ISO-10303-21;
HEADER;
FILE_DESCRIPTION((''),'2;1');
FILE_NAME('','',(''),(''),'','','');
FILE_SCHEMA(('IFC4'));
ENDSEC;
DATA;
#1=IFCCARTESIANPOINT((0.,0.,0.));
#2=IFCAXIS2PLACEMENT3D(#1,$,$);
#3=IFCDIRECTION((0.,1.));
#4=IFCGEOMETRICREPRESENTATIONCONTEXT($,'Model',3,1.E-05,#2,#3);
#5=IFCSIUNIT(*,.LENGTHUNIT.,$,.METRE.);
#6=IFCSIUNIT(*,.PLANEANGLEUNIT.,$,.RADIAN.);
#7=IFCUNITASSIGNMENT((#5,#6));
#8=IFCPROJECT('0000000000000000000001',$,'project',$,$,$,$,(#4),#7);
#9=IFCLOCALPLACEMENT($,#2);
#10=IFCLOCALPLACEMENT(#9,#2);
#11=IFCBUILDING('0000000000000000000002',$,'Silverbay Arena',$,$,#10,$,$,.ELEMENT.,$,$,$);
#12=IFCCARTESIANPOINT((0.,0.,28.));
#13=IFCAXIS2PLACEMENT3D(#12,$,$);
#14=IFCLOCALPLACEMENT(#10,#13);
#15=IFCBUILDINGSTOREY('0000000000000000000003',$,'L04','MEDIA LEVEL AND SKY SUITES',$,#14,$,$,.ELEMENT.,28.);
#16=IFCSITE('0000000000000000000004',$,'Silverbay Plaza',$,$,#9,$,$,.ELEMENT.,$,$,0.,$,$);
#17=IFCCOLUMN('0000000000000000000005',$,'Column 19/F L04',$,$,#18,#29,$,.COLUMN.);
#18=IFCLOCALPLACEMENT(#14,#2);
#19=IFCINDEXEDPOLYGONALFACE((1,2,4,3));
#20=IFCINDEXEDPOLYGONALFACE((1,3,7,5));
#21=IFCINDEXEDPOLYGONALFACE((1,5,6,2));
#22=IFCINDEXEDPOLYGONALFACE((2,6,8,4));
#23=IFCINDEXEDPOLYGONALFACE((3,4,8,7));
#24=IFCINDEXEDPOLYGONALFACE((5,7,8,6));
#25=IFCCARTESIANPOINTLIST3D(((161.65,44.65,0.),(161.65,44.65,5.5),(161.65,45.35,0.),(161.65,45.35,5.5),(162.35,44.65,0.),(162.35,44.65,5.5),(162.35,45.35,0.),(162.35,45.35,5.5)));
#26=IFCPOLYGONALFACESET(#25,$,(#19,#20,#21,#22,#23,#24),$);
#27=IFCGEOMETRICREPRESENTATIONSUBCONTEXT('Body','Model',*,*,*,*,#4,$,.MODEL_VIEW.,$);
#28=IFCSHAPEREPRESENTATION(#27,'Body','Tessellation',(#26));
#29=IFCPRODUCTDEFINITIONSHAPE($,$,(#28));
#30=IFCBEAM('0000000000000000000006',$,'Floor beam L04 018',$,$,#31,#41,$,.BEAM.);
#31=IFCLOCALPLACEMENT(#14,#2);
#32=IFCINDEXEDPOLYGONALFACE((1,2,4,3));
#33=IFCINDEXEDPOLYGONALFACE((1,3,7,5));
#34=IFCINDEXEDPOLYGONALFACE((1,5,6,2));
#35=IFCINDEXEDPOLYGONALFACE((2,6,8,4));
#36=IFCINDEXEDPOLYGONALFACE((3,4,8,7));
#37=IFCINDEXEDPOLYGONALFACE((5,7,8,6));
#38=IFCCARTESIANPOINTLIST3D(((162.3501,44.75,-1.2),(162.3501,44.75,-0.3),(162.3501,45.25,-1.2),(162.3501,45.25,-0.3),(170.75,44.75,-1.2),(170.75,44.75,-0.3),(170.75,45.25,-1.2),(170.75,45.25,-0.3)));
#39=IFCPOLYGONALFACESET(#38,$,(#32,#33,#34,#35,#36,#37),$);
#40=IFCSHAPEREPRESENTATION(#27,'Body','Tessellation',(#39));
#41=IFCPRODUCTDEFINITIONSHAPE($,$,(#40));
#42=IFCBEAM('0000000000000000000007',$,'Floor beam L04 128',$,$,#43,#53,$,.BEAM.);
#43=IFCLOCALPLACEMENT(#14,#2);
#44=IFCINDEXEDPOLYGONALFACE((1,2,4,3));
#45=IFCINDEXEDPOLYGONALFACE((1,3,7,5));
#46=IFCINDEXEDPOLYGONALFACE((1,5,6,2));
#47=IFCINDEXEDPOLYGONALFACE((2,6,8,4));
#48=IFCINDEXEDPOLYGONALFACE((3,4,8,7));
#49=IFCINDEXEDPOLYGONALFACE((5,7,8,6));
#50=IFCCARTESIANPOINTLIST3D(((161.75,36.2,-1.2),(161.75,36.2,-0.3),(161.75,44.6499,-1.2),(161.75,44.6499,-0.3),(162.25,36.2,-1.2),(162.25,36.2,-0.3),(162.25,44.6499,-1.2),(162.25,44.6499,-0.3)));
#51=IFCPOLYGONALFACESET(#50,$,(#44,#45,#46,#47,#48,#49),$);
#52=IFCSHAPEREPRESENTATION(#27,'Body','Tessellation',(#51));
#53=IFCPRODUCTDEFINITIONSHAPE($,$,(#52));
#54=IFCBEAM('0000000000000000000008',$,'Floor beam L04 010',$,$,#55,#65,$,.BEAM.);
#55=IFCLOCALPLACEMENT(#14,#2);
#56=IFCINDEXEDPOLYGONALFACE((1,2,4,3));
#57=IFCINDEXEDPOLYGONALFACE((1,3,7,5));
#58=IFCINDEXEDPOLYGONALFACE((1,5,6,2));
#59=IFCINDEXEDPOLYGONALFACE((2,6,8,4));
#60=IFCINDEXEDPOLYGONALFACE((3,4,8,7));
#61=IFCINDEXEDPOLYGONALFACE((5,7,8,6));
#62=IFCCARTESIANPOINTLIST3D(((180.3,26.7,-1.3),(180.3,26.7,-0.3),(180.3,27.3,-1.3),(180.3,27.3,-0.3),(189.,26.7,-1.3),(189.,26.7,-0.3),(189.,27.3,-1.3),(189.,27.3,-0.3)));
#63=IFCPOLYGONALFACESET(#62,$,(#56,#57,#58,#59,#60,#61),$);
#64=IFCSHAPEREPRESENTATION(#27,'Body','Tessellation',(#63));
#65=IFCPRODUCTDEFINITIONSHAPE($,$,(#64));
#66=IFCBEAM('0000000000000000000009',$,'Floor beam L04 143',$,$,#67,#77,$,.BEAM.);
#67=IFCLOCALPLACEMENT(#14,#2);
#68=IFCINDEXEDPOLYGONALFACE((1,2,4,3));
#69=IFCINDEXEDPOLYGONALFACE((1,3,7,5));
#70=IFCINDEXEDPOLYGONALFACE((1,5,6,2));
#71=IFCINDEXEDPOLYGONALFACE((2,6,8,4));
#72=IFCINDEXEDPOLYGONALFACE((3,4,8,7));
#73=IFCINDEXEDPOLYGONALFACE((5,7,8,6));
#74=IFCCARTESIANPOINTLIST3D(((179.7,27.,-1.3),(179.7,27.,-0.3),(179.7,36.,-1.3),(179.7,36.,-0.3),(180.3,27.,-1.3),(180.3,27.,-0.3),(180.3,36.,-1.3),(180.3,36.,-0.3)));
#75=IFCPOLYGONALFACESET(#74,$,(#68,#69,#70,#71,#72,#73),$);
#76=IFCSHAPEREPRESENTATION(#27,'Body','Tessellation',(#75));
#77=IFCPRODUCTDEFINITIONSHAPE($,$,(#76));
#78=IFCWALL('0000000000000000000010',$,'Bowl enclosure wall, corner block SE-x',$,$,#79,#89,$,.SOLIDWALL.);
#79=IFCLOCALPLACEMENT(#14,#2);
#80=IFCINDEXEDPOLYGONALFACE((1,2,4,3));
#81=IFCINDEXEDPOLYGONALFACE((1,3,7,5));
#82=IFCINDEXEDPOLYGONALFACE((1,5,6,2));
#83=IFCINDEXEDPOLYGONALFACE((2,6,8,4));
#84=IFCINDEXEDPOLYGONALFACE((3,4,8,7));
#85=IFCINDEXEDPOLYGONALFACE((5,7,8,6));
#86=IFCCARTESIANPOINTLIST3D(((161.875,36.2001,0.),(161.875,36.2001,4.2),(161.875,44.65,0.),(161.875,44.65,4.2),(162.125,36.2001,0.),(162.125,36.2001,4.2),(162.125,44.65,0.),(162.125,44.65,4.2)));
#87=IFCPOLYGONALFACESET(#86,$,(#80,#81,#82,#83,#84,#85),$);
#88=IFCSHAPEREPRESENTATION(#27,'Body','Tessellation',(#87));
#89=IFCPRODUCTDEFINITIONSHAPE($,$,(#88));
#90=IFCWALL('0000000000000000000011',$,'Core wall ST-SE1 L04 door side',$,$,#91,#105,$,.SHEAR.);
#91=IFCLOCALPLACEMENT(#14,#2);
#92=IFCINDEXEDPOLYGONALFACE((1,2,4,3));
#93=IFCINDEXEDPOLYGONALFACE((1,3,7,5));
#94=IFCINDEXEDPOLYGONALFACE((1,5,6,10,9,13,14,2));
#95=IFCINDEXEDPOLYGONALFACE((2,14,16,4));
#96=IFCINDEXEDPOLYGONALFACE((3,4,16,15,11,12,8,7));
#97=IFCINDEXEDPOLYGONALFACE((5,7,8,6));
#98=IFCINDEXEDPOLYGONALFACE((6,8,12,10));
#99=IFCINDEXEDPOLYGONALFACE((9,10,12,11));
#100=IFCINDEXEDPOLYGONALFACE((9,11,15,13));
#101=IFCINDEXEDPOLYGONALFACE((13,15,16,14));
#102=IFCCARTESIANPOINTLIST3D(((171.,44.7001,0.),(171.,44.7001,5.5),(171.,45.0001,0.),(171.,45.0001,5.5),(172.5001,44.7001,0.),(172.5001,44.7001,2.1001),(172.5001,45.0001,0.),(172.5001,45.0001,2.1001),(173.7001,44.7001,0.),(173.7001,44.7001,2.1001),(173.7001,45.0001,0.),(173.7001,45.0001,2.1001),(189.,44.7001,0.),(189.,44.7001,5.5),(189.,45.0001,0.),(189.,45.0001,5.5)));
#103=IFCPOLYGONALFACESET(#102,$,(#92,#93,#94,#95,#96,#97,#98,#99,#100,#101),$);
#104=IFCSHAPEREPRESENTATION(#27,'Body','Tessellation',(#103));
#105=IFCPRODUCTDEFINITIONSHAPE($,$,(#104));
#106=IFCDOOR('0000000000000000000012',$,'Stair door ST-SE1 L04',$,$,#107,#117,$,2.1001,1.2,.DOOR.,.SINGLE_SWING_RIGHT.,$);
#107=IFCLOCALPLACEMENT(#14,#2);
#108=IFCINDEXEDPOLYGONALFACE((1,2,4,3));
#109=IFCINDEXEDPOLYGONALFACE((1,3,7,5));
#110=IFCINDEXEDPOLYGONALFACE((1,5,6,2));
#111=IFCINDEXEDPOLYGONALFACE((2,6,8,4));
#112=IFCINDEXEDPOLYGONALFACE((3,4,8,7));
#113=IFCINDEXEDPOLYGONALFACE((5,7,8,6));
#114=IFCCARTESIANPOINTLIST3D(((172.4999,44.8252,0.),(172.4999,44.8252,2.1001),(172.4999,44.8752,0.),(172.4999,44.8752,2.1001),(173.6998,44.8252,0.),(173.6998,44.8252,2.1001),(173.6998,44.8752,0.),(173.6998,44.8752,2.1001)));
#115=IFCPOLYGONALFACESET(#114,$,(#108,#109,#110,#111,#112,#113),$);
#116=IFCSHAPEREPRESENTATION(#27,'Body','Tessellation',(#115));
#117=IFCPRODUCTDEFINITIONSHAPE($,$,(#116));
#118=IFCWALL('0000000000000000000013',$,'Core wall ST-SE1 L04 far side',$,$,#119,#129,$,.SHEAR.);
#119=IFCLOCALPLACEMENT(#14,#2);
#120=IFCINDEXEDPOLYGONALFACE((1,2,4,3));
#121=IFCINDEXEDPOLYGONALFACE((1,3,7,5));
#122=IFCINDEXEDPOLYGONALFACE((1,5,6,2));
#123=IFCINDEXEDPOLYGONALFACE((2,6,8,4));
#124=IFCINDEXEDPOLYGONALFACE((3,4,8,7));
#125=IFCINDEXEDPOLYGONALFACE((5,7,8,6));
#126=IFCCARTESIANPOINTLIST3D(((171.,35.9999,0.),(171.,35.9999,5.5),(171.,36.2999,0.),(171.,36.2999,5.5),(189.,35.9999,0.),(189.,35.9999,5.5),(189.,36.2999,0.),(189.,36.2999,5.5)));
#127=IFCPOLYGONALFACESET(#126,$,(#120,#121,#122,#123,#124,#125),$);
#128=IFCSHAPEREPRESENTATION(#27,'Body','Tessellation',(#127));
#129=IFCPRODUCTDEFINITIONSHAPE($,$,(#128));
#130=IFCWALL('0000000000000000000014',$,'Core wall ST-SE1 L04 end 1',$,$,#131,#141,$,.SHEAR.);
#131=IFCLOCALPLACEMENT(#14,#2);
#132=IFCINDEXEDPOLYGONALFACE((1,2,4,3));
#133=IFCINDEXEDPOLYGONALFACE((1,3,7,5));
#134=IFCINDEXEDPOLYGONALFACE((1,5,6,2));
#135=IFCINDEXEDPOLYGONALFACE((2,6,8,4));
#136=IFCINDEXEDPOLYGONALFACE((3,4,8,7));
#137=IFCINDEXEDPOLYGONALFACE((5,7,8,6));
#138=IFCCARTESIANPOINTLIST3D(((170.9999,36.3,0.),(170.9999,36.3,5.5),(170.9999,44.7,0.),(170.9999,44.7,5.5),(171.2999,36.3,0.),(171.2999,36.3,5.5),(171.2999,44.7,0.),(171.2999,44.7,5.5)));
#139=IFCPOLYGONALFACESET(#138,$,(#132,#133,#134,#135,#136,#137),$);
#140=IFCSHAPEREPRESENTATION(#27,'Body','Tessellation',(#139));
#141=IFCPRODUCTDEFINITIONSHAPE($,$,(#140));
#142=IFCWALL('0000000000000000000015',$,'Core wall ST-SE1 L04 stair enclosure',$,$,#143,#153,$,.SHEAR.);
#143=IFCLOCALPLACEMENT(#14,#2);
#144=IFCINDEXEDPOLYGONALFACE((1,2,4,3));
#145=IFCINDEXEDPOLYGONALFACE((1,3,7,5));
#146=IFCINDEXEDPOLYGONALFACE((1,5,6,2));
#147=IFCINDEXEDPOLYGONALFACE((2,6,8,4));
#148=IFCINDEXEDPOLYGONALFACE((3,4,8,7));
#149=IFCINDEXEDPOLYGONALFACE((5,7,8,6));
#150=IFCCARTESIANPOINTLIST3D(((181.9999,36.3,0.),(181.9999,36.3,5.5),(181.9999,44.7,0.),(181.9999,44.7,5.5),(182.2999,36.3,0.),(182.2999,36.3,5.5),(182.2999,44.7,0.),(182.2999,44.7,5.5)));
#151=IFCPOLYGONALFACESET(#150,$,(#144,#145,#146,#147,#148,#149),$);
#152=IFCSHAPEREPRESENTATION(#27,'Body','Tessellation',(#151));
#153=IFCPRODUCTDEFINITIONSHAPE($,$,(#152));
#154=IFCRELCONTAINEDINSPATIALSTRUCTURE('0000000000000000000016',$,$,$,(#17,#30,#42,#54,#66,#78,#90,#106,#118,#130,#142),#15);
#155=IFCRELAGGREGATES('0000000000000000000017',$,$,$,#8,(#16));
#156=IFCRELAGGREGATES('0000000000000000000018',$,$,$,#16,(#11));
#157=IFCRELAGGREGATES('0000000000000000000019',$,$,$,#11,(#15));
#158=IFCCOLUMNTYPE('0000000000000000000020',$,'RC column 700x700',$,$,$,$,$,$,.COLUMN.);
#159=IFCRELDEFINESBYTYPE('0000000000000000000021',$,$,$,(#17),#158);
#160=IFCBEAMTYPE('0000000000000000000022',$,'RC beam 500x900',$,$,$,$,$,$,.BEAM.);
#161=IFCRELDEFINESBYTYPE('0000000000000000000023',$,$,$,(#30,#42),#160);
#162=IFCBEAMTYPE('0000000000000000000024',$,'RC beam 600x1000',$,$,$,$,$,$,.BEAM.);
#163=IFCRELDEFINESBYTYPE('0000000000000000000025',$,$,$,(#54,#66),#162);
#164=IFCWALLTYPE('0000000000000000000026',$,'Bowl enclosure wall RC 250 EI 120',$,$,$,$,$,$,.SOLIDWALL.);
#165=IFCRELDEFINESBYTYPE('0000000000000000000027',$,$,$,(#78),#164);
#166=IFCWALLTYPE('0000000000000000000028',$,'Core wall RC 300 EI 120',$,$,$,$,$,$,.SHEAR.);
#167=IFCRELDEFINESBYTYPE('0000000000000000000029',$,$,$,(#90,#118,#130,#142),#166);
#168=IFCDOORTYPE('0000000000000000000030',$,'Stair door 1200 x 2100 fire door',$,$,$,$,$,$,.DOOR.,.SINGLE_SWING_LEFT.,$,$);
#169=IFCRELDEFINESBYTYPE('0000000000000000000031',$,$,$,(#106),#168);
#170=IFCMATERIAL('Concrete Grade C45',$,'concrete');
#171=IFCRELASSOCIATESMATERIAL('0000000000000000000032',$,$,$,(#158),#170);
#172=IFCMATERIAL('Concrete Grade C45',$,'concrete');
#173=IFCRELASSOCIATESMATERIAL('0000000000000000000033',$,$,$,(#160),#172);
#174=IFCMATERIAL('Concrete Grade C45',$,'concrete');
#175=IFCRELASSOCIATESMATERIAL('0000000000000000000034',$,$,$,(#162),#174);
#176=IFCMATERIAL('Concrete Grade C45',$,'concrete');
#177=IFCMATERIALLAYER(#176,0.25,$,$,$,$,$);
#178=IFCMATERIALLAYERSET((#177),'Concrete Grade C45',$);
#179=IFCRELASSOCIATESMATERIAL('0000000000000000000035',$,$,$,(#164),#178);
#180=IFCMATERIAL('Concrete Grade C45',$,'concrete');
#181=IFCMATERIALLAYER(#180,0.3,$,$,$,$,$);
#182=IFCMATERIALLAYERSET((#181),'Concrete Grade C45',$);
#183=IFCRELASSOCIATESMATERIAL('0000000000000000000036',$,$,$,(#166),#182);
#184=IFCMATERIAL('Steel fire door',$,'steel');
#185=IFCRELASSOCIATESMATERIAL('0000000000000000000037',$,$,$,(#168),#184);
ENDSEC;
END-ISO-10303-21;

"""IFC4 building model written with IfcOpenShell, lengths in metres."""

from ifc_helpers import new_model, si_unit, direction, frame, frame_2d, origin, origin_2d, place, context, subcontext, project, spatial, rectangle, extrude, material, layer, layer_set, material_profile, profile_set, type_object, element, fill, save


model = new_model("IFC4")

# Units and contexts
model_context = context("Model", 3, precision=1e-05, world=origin(), true_north=direction((0.0, 1.0)))
body_context = subcontext(model_context, "Body", "Model", "MODEL_VIEW")
ifc_project = project(units=[si_unit("LENGTHUNIT", "METRE"), si_unit("PLANEANGLEUNIT", "RADIAN")], contexts=[model_context])

# Site, building, storey
site_placement = place(None, origin())
site = spatial("IfcSite", under=ifc_project, at=site_placement, Name="Silverbay Plaza", CompositionType="ELEMENT", RefElevation=0.0)
building_placement = place(site_placement, origin())
building = spatial("IfcBuilding", under=site, at=building_placement, Name="Silverbay Arena", CompositionType="ELEMENT")
storey_placement = place(building_placement, frame((0.0, 0.0, 28.0)))
storey = spatial("IfcBuildingStorey", under=building, at=storey_placement, Name="L04", Description="MEDIA LEVEL AND SKY SUITES", CompositionType="ELEMENT", Elevation=28.0)

# Column
ifc_material_1 = material(Name="Concrete Grade C45", Category="concrete")
ifc_material_profile_1 = material_profile(ifc_material_1, rectangle(XDim=0.7, YDim=0.7, at=origin_2d()), Name="RC 700x700")
ifc_profile_set_1 = profile_set([ifc_material_profile_1], Name="Concrete Grade C45")
column_type = type_object("IfcColumnType", Name="RC column 700x700", PredefinedType="COLUMN", material=ifc_profile_set_1)
column_placement = place(storey_placement, frame((162.0, 45.0, 0.0), z_axis=(0.0, 0.0, 1.0), x_axis=(1.0, 0.0, 0.0)))
element("IfcColumn", 1, at=column_placement, inside=storey, type_object=column_type, Name="Column 19/F L04", PredefinedType="COLUMN", context=body_context, shape_type="SweptSolid", body=[
    extrude(rectangle(XDim=0.7, YDim=0.7, at=origin_2d()), origin(), (0.0, 0.0, 1.0), 5.5),
])

# Beams
ifc_material_2 = material(Name="Concrete Grade C45", Category="concrete")
ifc_material_profile_2 = material_profile(ifc_material_2, rectangle(XDim=0.5, YDim=0.8999, at=origin_2d()), Name="RC 500x900")
ifc_profile_set_2 = profile_set([ifc_material_profile_2], Name="Concrete Grade C45")
beam_type_1 = type_object("IfcBeamType", Name="RC beam 500x900", PredefinedType="BEAM", material=ifc_profile_set_2)
beam_1_placement = place(storey_placement, frame((162.3501, 45.0, -0.75), z_axis=(1.0, 0.0, 0.0), x_axis=(0.0, 1.0, 0.0)))
element("IfcBeam", 2, at=beam_1_placement, inside=storey, type_object=beam_type_1, Name="Floor beam L04 018", PredefinedType="BEAM", context=body_context, shape_type="SweptSolid", body=[
    extrude(rectangle(XDim=0.5, YDim=0.8999, at=origin_2d()), origin(), (0.0, 0.0, 1.0), 8.3999),
])
beam_2_placement = place(storey_placement, frame((162.0, 36.2, -0.75), z_axis=(0.0, 1.0, 0.0), x_axis=(-1.0, 0.0, 0.0)))
element("IfcBeam", 3, at=beam_2_placement, inside=storey, type_object=beam_type_1, Name="Floor beam L04 128", PredefinedType="BEAM", context=body_context, shape_type="SweptSolid", body=[
    extrude(rectangle(XDim=0.5, YDim=0.8999, at=origin_2d()), origin(), (0.0, 0.0, 1.0), 8.45),
])
ifc_material_3 = material(Name="Concrete Grade C45", Category="concrete")
ifc_material_profile_3 = material_profile(ifc_material_3, rectangle(XDim=0.6001, YDim=1.0, at=origin_2d()), Name="RC 600x1000")
ifc_profile_set_3 = profile_set([ifc_material_profile_3], Name="Concrete Grade C45")
beam_type_2 = type_object("IfcBeamType", Name="RC beam 600x1000", PredefinedType="BEAM", material=ifc_profile_set_3)
beam_3_placement = place(storey_placement, frame((180.3, 27.0, -0.8), z_axis=(1.0, 0.0, 0.0), x_axis=(0.0, 1.0, 0.0)))
element("IfcBeam", 4, at=beam_3_placement, inside=storey, type_object=beam_type_2, Name="Floor beam L04 010", PredefinedType="BEAM", context=body_context, shape_type="SweptSolid", body=[
    extrude(rectangle(XDim=0.6001, YDim=1.0, at=origin_2d()), origin(), (0.0, 0.0, 1.0), 8.7),
])
beam_4_placement = place(storey_placement, frame((180.0, 27.0, -0.8), z_axis=(0.0, 1.0, 0.0), x_axis=(-1.0, 0.0, 0.0)))
element("IfcBeam", 5, at=beam_4_placement, inside=storey, type_object=beam_type_2, Name="Floor beam L04 143", PredefinedType="BEAM", context=body_context, shape_type="SweptSolid", body=[
    extrude(rectangle(XDim=0.6001, YDim=1.0, at=origin_2d()), origin(), (0.0, 0.0, 1.0), 9.0),
])

# Wall
ifc_material_4 = material(Name="Concrete Grade C45", Category="concrete")
ifc_layer_1 = layer(ifc_material_4, 0.25)
ifc_layer_set_1 = layer_set([ifc_layer_1], Name="Concrete Grade C45")
wall_type_1 = type_object("IfcWallType", Name="Bowl enclosure wall RC 250 EI 120", PredefinedType="SOLIDWALL", material=ifc_layer_set_1)
wall_1_placement = place(storey_placement, frame((162.0, 36.2, 0.0), z_axis=(0.0, 0.0, 1.0), x_axis=(0.0, 1.0, 0.0)))
element("IfcWall", 6, at=wall_1_placement, inside=storey, type_object=wall_type_1, Name="Bowl enclosure wall, corner block SE-x", PredefinedType="SOLIDWALL", context=body_context, shape_type="SweptSolid", body=[
    extrude(rectangle(XDim=8.45, YDim=0.25, at=frame_2d((4.2251, 0.0))), origin(), (0.0, 0.0, 1.0), 4.2),
])

# Wall, opening, door
ifc_material_5 = material(Name="Concrete Grade C45", Category="concrete")
ifc_layer_2 = layer(ifc_material_5, 0.3)
ifc_layer_set_2 = layer_set([ifc_layer_2], Name="Concrete Grade C45")
wall_type_2 = type_object("IfcWallType", Name="Core wall RC 300 EI 120", PredefinedType="SHEAR", material=ifc_layer_set_2)
wall_2_placement = place(storey_placement, frame((171.0, 44.8501, 0.0), z_axis=(0.0, 0.0, 1.0), x_axis=(1.0, 0.0, 0.0)))
wall_2 = element("IfcWall", 7, at=wall_2_placement, inside=storey, type_object=wall_type_2, Name="Core wall ST-SE1 L04 door side", PredefinedType="SHEAR", context=body_context, shape_type="SweptSolid", body=[
    extrude(rectangle(XDim=18.0, YDim=0.3, at=frame_2d((9.0, 0.0))), origin(), (0.0, 0.0, 1.0), 5.5),
])
opening_1_placement = place(wall_2_placement, frame((1.5, 0.0, 0.0)))
opening_1 = element("IfcOpeningElement", 8, at=opening_1_placement, cuts=wall_2, PredefinedType="OPENING", context=body_context, shape_type="SweptSolid", body=[
    extrude(rectangle(XDim=1.2, YDim=2.1001, at=frame_2d((0.6001, 1.05))), frame((0.0, 0.1602, 0.0), z_axis=(0.0, -1.0, 0.0), x_axis=(1.0, 0.0, 0.0)), (0.0, 0.0, 1.0), 0.3201),
])
ifc_material_6 = material(Name="Steel fire door", Category="steel")
door_type_1 = type_object("IfcDoorType", Name="Stair door 1200 x 2100 fire door", OperationType="SINGLE_SWING_LEFT", PredefinedType="DOOR", material=ifc_material_6)
door_1_placement = place(opening_1_placement, frame((1.2, 0.0, 0.0), z_axis=(0.0, 0.0, 1.0), x_axis=(-1.0, 0.0, 0.0)))
door_1 = element("IfcDoor", 9, at=door_1_placement, inside=storey, type_object=door_type_1, Name="Stair door ST-SE1 L04", OperationType="SINGLE_SWING_RIGHT", OverallHeight=2.1001, OverallWidth=1.2, PredefinedType="DOOR", context=body_context, shape_type="SweptSolid", body=[
    extrude(rectangle(XDim=1.2, YDim=2.1001, at=frame_2d((0.6001, 1.05))), frame((0.0, 0.0249, 0.0), z_axis=(0.0, -1.0, 0.0), x_axis=(1.0, 0.0, 0.0)), (0.0, 0.0, 1.0), 0.05),
])
fill(opening_1, door_1)

# Walls
wall_3_placement = place(storey_placement, frame((171.0, 36.1499, 0.0), z_axis=(0.0, 0.0, 1.0), x_axis=(1.0, 0.0, 0.0)))
element("IfcWall", 10, at=wall_3_placement, inside=storey, type_object=wall_type_2, Name="Core wall ST-SE1 L04 far side", PredefinedType="SHEAR", context=body_context, shape_type="SweptSolid", body=[
    extrude(rectangle(XDim=18.0, YDim=0.3, at=frame_2d((9.0, 0.0))), origin(), (0.0, 0.0, 1.0), 5.5),
])
for number, where, z_axis, x_axis, name in (
    (11, (171.1499, 44.7, 0.0), (0.0, 0.0, 1.0), (0.0, -1.0, 0.0), "Core wall ST-SE1 L04 end 1"),
    (12, (182.1499, 44.7, 0.0), (0.0, 0.0, 1.0), (0.0, -1.0, 0.0), "Core wall ST-SE1 L04 stair enclosure"),
):
    element("IfcWall", number, at=place(storey_placement, frame(where, z_axis=z_axis, x_axis=x_axis)), inside=storey, type_object=wall_type_2, Name=name, PredefinedType="SHEAR", context=body_context, shape_type="SweptSolid", body=[
        extrude(rectangle(XDim=8.3999, YDim=0.3, at=frame_2d((4.2, 0.0))), origin(), (0.0, 0.0, 1.0), 5.5),
    ])

save(model, "model.ifc")
